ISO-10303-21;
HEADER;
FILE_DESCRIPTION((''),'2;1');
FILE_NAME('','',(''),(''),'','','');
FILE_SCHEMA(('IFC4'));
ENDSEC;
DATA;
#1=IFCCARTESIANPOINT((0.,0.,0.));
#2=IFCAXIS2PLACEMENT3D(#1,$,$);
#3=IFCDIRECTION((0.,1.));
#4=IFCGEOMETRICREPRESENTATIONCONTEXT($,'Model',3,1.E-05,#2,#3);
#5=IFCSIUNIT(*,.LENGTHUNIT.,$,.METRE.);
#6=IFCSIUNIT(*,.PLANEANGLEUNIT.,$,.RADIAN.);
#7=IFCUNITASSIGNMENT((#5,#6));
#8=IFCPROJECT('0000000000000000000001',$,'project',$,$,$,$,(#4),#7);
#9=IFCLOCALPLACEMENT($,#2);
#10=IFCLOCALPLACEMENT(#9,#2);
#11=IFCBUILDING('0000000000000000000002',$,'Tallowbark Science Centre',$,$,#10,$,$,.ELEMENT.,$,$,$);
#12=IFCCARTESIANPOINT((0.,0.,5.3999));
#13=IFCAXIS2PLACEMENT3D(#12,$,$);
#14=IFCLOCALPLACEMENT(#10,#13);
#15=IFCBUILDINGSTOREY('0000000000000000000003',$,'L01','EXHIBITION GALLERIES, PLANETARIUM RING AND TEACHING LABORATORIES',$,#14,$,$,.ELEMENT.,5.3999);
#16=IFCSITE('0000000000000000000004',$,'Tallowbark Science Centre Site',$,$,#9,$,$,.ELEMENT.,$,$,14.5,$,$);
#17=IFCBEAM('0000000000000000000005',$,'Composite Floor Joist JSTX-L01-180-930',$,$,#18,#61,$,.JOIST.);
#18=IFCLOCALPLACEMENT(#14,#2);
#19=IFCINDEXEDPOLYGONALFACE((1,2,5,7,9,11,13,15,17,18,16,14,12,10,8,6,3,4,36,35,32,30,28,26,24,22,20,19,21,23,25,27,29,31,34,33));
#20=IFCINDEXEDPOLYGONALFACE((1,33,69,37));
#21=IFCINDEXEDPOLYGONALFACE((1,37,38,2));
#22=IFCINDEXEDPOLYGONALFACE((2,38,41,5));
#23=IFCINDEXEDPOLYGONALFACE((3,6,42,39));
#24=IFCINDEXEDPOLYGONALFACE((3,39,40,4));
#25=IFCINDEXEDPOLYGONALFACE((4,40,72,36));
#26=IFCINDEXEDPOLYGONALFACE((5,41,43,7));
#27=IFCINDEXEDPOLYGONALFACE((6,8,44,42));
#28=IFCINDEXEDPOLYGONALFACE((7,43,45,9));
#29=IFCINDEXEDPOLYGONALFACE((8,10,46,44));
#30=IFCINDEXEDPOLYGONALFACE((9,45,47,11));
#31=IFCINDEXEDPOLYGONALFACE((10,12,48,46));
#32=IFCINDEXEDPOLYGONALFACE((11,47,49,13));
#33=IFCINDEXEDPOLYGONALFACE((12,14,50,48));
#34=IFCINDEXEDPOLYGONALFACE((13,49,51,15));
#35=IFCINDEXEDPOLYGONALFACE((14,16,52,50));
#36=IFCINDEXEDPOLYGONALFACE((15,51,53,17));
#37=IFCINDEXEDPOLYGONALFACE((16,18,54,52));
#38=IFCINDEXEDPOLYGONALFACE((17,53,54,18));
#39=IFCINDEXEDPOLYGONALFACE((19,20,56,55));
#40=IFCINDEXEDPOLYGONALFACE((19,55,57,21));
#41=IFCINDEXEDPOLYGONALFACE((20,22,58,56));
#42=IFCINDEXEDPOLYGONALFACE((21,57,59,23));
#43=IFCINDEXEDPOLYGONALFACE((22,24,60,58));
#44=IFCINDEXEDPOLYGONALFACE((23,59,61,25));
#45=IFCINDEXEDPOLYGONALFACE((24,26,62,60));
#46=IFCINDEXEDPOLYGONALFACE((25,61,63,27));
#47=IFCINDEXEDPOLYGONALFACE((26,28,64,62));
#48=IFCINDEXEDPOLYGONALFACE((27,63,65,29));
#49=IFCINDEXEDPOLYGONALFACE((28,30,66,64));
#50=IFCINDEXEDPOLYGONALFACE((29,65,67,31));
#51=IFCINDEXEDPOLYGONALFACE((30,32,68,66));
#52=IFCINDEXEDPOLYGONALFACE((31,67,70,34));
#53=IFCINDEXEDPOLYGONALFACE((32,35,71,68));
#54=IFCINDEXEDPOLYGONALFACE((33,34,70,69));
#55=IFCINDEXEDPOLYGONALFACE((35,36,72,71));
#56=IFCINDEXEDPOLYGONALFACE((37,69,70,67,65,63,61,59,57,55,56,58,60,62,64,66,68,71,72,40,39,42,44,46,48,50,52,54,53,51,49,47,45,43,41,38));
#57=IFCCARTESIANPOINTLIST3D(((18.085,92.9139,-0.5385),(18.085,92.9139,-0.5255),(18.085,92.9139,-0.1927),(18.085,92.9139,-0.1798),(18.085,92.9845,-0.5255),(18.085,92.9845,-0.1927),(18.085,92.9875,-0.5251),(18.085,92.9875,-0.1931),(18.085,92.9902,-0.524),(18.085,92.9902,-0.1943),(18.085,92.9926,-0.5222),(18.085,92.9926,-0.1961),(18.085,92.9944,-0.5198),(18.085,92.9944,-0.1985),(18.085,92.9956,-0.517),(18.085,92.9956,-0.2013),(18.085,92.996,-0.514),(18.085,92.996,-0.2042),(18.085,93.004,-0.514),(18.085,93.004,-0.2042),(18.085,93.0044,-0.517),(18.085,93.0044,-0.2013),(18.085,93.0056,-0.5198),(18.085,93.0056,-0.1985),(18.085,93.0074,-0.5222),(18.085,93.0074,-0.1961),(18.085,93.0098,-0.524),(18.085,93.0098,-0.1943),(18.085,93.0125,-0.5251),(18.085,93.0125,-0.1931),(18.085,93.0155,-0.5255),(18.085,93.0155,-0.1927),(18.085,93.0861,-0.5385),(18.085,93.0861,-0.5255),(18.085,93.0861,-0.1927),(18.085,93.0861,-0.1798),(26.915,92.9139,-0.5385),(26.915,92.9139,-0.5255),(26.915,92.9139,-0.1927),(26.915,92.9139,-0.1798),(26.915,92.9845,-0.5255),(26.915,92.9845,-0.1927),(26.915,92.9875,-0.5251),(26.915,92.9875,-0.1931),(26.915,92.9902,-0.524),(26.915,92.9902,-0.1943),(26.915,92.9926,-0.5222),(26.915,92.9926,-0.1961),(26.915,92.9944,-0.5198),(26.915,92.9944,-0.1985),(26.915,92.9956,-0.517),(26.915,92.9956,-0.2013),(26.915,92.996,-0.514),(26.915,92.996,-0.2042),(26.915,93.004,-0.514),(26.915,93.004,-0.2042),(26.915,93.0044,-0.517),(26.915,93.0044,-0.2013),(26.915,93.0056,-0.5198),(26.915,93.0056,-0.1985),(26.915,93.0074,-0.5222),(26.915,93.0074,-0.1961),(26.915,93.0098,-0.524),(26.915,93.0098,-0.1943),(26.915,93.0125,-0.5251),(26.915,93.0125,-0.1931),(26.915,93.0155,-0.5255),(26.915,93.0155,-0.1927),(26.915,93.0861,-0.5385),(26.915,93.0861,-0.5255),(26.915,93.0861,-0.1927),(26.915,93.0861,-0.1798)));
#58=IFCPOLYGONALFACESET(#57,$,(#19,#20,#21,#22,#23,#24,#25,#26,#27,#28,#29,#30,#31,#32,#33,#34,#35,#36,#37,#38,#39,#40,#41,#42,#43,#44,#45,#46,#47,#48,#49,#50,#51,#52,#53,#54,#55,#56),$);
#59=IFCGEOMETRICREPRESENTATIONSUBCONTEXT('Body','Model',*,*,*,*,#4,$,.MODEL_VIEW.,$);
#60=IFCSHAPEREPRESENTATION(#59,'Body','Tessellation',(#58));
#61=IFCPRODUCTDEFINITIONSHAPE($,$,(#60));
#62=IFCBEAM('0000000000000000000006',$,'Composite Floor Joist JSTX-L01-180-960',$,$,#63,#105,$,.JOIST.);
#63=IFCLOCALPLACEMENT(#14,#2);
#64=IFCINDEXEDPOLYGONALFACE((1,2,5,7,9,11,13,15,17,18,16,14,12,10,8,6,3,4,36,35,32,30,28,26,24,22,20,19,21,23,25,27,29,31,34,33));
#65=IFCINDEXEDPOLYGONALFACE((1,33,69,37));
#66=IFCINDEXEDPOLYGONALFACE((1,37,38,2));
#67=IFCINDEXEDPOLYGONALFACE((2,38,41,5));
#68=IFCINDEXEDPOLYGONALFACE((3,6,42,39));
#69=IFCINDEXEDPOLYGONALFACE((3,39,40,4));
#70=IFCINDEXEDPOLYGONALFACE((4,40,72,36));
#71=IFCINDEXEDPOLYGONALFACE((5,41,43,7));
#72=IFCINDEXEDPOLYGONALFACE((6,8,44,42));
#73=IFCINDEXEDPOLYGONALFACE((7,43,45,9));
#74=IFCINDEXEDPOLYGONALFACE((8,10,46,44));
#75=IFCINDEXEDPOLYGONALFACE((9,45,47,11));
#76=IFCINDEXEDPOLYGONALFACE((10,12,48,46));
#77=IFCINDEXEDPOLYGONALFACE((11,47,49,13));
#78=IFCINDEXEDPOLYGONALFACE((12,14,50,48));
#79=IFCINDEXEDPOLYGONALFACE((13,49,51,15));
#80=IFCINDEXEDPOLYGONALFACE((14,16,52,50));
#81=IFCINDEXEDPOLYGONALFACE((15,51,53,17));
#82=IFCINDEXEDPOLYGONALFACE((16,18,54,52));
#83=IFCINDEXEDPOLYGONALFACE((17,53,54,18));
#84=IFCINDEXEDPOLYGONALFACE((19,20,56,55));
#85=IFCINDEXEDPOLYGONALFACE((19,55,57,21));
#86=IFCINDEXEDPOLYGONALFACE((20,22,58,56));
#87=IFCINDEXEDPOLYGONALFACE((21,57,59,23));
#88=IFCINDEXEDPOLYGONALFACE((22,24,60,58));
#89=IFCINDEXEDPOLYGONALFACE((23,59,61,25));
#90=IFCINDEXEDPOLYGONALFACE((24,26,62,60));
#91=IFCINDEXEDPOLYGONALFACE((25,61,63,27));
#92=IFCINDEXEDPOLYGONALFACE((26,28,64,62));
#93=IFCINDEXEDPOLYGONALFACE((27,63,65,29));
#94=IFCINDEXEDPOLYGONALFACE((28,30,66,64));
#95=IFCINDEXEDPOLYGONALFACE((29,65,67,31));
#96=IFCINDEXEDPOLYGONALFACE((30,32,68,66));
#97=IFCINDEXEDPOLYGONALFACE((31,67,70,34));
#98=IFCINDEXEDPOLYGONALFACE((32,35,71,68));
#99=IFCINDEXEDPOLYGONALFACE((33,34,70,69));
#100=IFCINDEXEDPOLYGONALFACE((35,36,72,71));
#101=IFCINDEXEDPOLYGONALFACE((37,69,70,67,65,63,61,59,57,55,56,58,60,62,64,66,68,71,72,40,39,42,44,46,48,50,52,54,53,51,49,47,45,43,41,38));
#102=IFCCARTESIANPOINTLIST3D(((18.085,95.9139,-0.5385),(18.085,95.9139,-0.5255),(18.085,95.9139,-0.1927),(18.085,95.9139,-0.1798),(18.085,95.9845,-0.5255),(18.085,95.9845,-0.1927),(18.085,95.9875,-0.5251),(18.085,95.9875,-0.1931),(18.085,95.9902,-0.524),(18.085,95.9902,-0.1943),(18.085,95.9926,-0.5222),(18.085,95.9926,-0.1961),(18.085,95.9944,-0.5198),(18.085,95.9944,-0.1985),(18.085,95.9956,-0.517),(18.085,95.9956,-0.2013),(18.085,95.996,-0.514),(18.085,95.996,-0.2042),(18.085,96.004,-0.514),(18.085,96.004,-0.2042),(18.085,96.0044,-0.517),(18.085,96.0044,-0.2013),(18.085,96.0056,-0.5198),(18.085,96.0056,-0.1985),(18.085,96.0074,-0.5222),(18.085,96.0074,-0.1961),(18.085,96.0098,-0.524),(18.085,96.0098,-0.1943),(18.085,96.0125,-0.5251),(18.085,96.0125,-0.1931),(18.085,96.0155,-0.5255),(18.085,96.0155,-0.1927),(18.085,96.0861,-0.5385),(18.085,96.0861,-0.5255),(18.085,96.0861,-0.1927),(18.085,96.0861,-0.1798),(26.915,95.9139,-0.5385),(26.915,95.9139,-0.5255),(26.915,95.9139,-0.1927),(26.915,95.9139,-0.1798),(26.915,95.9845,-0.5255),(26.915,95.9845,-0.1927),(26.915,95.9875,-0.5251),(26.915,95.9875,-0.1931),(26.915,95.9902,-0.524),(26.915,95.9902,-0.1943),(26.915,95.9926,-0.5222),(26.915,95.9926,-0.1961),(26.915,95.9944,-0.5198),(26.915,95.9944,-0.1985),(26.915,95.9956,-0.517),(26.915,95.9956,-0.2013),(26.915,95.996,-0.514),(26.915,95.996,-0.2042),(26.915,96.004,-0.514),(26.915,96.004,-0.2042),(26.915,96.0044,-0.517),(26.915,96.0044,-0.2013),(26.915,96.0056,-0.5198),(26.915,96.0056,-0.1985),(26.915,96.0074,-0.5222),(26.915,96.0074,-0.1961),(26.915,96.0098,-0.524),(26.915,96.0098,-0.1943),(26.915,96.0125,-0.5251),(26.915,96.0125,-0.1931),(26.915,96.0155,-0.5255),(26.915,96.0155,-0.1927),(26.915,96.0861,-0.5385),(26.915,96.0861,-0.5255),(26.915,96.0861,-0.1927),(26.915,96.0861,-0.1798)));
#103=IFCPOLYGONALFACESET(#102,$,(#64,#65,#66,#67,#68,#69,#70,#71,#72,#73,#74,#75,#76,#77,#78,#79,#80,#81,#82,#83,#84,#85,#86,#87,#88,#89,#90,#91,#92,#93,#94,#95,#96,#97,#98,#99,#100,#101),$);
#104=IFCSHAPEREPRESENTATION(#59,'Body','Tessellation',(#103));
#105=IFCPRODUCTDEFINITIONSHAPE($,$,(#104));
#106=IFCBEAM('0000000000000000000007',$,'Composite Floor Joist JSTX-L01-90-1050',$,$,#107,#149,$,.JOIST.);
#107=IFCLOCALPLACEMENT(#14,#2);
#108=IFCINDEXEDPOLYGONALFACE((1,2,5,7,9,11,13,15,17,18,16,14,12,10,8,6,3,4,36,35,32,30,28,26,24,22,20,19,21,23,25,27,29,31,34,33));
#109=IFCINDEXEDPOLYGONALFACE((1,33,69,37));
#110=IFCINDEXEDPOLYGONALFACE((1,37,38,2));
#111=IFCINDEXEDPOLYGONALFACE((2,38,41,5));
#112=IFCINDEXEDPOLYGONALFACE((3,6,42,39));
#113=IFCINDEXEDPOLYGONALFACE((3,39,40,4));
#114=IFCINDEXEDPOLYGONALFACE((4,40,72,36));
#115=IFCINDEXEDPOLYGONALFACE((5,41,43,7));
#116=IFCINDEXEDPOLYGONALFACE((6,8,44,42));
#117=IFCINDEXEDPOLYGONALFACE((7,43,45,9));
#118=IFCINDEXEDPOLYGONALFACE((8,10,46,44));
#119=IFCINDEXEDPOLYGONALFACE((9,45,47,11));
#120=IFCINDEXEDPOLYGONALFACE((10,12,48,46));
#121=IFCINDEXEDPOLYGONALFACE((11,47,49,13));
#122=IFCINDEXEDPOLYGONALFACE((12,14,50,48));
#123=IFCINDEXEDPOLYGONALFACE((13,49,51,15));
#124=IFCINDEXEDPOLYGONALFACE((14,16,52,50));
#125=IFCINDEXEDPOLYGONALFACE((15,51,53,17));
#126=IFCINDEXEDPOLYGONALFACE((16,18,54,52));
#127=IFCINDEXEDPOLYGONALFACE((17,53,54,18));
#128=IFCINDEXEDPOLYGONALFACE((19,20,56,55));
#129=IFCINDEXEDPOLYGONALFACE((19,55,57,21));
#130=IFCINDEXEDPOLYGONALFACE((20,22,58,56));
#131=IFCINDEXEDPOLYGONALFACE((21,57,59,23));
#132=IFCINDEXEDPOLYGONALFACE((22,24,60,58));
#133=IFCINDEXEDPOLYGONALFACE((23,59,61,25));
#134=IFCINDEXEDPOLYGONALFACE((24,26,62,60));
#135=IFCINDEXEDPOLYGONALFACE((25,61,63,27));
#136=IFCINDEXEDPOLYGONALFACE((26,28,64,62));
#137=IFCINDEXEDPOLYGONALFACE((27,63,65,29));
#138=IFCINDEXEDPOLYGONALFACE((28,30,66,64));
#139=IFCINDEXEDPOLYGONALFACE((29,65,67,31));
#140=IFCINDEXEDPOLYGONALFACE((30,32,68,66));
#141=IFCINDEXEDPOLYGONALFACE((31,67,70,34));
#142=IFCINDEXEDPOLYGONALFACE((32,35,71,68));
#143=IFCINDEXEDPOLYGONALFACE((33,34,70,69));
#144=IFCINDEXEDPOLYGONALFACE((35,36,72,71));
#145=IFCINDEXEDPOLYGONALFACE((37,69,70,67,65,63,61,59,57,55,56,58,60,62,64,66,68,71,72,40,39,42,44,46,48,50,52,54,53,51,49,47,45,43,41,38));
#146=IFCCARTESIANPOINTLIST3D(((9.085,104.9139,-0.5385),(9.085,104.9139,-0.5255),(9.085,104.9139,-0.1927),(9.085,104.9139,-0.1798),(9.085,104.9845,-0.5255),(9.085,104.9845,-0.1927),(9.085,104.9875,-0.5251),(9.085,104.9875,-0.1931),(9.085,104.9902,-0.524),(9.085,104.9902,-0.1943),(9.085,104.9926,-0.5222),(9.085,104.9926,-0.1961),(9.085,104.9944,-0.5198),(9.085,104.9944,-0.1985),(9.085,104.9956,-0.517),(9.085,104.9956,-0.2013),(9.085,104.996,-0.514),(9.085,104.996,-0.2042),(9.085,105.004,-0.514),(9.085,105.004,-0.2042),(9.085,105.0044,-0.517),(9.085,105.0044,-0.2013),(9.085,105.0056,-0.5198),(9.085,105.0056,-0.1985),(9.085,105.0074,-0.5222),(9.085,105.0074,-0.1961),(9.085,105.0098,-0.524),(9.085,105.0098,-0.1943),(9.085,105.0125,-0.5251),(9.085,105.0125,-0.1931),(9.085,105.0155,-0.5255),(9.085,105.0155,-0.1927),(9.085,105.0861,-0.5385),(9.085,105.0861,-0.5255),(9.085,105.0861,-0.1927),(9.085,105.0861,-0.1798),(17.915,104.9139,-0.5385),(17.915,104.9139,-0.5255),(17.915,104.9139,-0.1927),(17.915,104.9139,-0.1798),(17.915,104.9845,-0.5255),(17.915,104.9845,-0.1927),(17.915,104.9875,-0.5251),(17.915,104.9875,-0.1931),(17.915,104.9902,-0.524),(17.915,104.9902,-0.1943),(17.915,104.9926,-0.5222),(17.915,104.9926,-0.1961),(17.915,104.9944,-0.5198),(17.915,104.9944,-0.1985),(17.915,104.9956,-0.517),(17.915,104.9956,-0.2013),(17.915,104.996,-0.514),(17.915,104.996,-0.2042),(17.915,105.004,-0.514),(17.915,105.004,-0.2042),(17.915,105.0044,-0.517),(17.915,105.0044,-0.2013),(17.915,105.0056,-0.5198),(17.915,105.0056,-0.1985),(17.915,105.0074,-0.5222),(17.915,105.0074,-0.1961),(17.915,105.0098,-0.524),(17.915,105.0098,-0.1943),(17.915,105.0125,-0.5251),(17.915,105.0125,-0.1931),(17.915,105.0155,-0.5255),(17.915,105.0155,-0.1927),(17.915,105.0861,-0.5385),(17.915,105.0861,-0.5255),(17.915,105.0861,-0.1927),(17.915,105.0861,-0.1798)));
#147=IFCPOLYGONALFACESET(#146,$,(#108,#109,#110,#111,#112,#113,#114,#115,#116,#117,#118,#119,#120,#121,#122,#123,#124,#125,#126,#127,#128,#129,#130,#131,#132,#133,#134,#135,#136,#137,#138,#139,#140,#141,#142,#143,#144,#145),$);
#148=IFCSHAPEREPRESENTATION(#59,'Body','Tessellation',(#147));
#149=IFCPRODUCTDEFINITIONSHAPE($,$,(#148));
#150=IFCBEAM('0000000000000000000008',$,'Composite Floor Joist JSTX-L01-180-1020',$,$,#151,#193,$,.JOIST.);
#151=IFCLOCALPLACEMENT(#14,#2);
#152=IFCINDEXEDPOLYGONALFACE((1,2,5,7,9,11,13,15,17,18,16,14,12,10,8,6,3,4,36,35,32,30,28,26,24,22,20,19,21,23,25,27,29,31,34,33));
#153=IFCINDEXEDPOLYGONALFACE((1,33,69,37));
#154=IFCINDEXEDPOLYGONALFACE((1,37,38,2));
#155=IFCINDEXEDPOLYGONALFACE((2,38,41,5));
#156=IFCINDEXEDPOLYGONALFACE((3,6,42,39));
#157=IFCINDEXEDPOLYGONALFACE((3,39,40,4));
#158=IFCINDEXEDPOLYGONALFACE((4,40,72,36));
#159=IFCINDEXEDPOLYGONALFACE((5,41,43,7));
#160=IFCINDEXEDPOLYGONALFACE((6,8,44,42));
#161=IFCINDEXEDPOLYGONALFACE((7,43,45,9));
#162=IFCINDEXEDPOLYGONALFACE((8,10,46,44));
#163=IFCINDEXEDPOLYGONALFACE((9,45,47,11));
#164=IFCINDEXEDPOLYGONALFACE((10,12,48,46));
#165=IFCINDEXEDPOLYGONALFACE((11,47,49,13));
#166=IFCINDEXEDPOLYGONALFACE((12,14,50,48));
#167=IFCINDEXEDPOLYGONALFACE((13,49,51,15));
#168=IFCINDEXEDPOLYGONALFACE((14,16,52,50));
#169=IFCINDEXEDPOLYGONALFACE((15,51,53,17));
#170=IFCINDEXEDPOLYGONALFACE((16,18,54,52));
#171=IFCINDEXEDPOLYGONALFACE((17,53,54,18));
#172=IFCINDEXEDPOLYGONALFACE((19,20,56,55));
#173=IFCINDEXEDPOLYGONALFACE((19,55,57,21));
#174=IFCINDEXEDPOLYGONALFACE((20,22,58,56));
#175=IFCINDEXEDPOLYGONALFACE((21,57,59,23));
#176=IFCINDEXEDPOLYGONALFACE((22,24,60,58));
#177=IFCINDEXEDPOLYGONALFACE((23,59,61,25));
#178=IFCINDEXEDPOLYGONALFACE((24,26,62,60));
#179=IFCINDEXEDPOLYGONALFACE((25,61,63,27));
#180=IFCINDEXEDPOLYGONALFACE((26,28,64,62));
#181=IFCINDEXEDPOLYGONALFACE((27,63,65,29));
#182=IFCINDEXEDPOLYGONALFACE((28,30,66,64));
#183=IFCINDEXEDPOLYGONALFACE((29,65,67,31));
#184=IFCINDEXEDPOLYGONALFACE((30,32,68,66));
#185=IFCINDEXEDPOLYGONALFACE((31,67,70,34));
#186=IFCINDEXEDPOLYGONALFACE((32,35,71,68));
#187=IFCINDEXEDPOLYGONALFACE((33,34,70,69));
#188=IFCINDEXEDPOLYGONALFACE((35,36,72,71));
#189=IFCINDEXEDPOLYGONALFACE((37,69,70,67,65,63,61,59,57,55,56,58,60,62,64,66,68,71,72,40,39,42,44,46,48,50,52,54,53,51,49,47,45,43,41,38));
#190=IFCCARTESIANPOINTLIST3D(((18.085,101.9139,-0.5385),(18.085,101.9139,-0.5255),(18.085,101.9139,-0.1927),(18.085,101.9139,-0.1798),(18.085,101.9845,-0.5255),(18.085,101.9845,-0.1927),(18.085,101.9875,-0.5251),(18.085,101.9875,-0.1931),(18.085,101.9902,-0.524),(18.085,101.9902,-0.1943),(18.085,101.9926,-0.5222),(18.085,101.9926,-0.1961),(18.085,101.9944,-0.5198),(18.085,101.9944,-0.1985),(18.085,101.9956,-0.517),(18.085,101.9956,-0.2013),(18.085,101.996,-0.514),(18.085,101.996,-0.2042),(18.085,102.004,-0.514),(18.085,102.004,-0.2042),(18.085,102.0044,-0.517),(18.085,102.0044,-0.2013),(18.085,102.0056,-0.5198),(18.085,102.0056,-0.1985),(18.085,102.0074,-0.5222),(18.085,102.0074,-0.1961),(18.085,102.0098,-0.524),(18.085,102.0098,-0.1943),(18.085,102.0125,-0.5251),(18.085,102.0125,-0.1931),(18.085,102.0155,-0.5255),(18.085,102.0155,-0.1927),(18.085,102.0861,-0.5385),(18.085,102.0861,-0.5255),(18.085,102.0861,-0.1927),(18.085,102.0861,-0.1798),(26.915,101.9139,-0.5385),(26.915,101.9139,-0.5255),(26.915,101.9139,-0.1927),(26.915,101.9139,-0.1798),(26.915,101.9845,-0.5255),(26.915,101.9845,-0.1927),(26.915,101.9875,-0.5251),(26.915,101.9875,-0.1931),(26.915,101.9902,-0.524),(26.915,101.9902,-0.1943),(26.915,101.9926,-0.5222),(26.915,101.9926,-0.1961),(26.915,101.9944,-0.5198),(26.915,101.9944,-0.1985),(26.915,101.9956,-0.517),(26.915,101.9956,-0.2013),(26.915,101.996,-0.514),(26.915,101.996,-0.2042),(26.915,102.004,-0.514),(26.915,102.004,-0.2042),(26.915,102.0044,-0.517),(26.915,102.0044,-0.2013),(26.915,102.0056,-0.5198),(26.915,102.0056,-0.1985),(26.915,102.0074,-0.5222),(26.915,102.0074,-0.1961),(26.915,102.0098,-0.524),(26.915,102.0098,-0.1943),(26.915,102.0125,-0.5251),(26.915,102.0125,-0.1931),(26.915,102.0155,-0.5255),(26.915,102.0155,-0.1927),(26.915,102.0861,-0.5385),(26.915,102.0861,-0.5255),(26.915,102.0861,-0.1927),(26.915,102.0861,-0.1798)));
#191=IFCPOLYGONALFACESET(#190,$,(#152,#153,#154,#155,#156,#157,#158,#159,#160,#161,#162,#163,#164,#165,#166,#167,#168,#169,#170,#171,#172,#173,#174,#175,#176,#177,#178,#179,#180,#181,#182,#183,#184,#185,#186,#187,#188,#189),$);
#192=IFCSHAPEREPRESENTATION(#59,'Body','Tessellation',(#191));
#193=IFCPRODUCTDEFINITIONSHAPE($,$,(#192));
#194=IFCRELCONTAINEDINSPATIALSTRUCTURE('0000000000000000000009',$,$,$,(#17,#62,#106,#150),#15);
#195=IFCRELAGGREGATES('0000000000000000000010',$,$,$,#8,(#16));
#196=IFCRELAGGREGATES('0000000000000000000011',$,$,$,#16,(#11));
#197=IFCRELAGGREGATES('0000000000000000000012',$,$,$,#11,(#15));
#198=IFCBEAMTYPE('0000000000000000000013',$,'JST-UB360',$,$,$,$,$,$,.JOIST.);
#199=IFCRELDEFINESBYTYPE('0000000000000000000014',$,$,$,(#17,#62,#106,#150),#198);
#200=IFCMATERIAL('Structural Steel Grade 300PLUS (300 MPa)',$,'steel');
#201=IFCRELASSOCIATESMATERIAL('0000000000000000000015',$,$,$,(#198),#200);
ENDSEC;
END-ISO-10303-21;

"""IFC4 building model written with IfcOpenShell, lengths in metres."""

from ifc_helpers import new_model, si_unit, direction, frame, origin, origin_2d, place, context, subcontext, project, spatial, i_section, extrude, material, material_profile, profile_set, type_object, element, save


model = new_model("IFC4")

# Units and contexts
model_context = context("Model", 3, precision=1e-05, world=origin(), true_north=direction((0.0, 1.0)))
body_context = subcontext(model_context, "Body", "Model", "MODEL_VIEW")
ifc_project = project(units=[si_unit("LENGTHUNIT", "METRE"), si_unit("PLANEANGLEUNIT", "RADIAN")], contexts=[model_context])

# Site, building, storey
site_placement = place(None, origin())
site = spatial("IfcSite", under=ifc_project, at=site_placement, Name="Tallowbark Science Centre Site", CompositionType="ELEMENT", RefElevation=14.5)
building_placement = place(site_placement, origin())
building = spatial("IfcBuilding", under=site, at=building_placement, Name="Tallowbark Science Centre", CompositionType="ELEMENT")
storey_placement = place(building_placement, frame((0.0, 0.0, 5.3999)))
storey = spatial("IfcBuildingStorey", under=building, at=storey_placement, Name="L01", Description="EXHIBITION GALLERIES, PLANETARIUM RING AND TEACHING LABORATORIES", CompositionType="ELEMENT", Elevation=5.3999)

# Shared definitions
ifc_material = material(Name="Structural Steel Grade 300PLUS (300 MPa)", Category="steel")

# Beams
ifc_material_profile_1 = material_profile(ifc_material, i_section(OverallWidth=0.1721, OverallDepth=0.3586, WebThickness=0.0081, FlangeThickness=0.0129, FilletRadius=0.0115, at=origin_2d()), Name="360UB56.7")
ifc_profile_set_1 = profile_set([ifc_material_profile_1], Name="Structural Steel Grade 300PLUS (300 MPa)")
beam_type_1 = type_object("IfcBeamType", Name="JST-UB360", PredefinedType="JOIST", material=ifc_profile_set_1)
for number, where, z_axis, x_axis, name in (
    (1, (18.085, 93.0, -0.3591), (1.0, 0.0, 0.0), (0.0, 1.0, 0.0), "Composite Floor Joist JSTX-L01-180-930"),
    (2, (18.085, 96.0, -0.3591), (1.0, 0.0, 0.0), (0.0, 1.0, 0.0), "Composite Floor Joist JSTX-L01-180-960"),
    (3, (9.085, 105.0, -0.3591), (1.0, 0.0, 0.0), (0.0, 1.0, 0.0), "Composite Floor Joist JSTX-L01-90-1050"),
    (4, (18.085, 102.0, -0.3591), (1.0, 0.0, 0.0), (0.0, 1.0, 0.0), "Composite Floor Joist JSTX-L01-180-1020"),
):
    element("IfcBeam", number, at=place(storey_placement, frame(where, z_axis=z_axis, x_axis=x_axis)), inside=storey, type_object=beam_type_1, Name=name, PredefinedType="JOIST", context=body_context, shape_type="SweptSolid", body=[
        extrude(i_section(OverallWidth=0.1721, OverallDepth=0.3586, WebThickness=0.0081, FlangeThickness=0.0129, FilletRadius=0.0115, at=origin_2d()), origin(), (0.0, 0.0, 1.0), 8.8301),
    ])

save(model, "model.ifc")
